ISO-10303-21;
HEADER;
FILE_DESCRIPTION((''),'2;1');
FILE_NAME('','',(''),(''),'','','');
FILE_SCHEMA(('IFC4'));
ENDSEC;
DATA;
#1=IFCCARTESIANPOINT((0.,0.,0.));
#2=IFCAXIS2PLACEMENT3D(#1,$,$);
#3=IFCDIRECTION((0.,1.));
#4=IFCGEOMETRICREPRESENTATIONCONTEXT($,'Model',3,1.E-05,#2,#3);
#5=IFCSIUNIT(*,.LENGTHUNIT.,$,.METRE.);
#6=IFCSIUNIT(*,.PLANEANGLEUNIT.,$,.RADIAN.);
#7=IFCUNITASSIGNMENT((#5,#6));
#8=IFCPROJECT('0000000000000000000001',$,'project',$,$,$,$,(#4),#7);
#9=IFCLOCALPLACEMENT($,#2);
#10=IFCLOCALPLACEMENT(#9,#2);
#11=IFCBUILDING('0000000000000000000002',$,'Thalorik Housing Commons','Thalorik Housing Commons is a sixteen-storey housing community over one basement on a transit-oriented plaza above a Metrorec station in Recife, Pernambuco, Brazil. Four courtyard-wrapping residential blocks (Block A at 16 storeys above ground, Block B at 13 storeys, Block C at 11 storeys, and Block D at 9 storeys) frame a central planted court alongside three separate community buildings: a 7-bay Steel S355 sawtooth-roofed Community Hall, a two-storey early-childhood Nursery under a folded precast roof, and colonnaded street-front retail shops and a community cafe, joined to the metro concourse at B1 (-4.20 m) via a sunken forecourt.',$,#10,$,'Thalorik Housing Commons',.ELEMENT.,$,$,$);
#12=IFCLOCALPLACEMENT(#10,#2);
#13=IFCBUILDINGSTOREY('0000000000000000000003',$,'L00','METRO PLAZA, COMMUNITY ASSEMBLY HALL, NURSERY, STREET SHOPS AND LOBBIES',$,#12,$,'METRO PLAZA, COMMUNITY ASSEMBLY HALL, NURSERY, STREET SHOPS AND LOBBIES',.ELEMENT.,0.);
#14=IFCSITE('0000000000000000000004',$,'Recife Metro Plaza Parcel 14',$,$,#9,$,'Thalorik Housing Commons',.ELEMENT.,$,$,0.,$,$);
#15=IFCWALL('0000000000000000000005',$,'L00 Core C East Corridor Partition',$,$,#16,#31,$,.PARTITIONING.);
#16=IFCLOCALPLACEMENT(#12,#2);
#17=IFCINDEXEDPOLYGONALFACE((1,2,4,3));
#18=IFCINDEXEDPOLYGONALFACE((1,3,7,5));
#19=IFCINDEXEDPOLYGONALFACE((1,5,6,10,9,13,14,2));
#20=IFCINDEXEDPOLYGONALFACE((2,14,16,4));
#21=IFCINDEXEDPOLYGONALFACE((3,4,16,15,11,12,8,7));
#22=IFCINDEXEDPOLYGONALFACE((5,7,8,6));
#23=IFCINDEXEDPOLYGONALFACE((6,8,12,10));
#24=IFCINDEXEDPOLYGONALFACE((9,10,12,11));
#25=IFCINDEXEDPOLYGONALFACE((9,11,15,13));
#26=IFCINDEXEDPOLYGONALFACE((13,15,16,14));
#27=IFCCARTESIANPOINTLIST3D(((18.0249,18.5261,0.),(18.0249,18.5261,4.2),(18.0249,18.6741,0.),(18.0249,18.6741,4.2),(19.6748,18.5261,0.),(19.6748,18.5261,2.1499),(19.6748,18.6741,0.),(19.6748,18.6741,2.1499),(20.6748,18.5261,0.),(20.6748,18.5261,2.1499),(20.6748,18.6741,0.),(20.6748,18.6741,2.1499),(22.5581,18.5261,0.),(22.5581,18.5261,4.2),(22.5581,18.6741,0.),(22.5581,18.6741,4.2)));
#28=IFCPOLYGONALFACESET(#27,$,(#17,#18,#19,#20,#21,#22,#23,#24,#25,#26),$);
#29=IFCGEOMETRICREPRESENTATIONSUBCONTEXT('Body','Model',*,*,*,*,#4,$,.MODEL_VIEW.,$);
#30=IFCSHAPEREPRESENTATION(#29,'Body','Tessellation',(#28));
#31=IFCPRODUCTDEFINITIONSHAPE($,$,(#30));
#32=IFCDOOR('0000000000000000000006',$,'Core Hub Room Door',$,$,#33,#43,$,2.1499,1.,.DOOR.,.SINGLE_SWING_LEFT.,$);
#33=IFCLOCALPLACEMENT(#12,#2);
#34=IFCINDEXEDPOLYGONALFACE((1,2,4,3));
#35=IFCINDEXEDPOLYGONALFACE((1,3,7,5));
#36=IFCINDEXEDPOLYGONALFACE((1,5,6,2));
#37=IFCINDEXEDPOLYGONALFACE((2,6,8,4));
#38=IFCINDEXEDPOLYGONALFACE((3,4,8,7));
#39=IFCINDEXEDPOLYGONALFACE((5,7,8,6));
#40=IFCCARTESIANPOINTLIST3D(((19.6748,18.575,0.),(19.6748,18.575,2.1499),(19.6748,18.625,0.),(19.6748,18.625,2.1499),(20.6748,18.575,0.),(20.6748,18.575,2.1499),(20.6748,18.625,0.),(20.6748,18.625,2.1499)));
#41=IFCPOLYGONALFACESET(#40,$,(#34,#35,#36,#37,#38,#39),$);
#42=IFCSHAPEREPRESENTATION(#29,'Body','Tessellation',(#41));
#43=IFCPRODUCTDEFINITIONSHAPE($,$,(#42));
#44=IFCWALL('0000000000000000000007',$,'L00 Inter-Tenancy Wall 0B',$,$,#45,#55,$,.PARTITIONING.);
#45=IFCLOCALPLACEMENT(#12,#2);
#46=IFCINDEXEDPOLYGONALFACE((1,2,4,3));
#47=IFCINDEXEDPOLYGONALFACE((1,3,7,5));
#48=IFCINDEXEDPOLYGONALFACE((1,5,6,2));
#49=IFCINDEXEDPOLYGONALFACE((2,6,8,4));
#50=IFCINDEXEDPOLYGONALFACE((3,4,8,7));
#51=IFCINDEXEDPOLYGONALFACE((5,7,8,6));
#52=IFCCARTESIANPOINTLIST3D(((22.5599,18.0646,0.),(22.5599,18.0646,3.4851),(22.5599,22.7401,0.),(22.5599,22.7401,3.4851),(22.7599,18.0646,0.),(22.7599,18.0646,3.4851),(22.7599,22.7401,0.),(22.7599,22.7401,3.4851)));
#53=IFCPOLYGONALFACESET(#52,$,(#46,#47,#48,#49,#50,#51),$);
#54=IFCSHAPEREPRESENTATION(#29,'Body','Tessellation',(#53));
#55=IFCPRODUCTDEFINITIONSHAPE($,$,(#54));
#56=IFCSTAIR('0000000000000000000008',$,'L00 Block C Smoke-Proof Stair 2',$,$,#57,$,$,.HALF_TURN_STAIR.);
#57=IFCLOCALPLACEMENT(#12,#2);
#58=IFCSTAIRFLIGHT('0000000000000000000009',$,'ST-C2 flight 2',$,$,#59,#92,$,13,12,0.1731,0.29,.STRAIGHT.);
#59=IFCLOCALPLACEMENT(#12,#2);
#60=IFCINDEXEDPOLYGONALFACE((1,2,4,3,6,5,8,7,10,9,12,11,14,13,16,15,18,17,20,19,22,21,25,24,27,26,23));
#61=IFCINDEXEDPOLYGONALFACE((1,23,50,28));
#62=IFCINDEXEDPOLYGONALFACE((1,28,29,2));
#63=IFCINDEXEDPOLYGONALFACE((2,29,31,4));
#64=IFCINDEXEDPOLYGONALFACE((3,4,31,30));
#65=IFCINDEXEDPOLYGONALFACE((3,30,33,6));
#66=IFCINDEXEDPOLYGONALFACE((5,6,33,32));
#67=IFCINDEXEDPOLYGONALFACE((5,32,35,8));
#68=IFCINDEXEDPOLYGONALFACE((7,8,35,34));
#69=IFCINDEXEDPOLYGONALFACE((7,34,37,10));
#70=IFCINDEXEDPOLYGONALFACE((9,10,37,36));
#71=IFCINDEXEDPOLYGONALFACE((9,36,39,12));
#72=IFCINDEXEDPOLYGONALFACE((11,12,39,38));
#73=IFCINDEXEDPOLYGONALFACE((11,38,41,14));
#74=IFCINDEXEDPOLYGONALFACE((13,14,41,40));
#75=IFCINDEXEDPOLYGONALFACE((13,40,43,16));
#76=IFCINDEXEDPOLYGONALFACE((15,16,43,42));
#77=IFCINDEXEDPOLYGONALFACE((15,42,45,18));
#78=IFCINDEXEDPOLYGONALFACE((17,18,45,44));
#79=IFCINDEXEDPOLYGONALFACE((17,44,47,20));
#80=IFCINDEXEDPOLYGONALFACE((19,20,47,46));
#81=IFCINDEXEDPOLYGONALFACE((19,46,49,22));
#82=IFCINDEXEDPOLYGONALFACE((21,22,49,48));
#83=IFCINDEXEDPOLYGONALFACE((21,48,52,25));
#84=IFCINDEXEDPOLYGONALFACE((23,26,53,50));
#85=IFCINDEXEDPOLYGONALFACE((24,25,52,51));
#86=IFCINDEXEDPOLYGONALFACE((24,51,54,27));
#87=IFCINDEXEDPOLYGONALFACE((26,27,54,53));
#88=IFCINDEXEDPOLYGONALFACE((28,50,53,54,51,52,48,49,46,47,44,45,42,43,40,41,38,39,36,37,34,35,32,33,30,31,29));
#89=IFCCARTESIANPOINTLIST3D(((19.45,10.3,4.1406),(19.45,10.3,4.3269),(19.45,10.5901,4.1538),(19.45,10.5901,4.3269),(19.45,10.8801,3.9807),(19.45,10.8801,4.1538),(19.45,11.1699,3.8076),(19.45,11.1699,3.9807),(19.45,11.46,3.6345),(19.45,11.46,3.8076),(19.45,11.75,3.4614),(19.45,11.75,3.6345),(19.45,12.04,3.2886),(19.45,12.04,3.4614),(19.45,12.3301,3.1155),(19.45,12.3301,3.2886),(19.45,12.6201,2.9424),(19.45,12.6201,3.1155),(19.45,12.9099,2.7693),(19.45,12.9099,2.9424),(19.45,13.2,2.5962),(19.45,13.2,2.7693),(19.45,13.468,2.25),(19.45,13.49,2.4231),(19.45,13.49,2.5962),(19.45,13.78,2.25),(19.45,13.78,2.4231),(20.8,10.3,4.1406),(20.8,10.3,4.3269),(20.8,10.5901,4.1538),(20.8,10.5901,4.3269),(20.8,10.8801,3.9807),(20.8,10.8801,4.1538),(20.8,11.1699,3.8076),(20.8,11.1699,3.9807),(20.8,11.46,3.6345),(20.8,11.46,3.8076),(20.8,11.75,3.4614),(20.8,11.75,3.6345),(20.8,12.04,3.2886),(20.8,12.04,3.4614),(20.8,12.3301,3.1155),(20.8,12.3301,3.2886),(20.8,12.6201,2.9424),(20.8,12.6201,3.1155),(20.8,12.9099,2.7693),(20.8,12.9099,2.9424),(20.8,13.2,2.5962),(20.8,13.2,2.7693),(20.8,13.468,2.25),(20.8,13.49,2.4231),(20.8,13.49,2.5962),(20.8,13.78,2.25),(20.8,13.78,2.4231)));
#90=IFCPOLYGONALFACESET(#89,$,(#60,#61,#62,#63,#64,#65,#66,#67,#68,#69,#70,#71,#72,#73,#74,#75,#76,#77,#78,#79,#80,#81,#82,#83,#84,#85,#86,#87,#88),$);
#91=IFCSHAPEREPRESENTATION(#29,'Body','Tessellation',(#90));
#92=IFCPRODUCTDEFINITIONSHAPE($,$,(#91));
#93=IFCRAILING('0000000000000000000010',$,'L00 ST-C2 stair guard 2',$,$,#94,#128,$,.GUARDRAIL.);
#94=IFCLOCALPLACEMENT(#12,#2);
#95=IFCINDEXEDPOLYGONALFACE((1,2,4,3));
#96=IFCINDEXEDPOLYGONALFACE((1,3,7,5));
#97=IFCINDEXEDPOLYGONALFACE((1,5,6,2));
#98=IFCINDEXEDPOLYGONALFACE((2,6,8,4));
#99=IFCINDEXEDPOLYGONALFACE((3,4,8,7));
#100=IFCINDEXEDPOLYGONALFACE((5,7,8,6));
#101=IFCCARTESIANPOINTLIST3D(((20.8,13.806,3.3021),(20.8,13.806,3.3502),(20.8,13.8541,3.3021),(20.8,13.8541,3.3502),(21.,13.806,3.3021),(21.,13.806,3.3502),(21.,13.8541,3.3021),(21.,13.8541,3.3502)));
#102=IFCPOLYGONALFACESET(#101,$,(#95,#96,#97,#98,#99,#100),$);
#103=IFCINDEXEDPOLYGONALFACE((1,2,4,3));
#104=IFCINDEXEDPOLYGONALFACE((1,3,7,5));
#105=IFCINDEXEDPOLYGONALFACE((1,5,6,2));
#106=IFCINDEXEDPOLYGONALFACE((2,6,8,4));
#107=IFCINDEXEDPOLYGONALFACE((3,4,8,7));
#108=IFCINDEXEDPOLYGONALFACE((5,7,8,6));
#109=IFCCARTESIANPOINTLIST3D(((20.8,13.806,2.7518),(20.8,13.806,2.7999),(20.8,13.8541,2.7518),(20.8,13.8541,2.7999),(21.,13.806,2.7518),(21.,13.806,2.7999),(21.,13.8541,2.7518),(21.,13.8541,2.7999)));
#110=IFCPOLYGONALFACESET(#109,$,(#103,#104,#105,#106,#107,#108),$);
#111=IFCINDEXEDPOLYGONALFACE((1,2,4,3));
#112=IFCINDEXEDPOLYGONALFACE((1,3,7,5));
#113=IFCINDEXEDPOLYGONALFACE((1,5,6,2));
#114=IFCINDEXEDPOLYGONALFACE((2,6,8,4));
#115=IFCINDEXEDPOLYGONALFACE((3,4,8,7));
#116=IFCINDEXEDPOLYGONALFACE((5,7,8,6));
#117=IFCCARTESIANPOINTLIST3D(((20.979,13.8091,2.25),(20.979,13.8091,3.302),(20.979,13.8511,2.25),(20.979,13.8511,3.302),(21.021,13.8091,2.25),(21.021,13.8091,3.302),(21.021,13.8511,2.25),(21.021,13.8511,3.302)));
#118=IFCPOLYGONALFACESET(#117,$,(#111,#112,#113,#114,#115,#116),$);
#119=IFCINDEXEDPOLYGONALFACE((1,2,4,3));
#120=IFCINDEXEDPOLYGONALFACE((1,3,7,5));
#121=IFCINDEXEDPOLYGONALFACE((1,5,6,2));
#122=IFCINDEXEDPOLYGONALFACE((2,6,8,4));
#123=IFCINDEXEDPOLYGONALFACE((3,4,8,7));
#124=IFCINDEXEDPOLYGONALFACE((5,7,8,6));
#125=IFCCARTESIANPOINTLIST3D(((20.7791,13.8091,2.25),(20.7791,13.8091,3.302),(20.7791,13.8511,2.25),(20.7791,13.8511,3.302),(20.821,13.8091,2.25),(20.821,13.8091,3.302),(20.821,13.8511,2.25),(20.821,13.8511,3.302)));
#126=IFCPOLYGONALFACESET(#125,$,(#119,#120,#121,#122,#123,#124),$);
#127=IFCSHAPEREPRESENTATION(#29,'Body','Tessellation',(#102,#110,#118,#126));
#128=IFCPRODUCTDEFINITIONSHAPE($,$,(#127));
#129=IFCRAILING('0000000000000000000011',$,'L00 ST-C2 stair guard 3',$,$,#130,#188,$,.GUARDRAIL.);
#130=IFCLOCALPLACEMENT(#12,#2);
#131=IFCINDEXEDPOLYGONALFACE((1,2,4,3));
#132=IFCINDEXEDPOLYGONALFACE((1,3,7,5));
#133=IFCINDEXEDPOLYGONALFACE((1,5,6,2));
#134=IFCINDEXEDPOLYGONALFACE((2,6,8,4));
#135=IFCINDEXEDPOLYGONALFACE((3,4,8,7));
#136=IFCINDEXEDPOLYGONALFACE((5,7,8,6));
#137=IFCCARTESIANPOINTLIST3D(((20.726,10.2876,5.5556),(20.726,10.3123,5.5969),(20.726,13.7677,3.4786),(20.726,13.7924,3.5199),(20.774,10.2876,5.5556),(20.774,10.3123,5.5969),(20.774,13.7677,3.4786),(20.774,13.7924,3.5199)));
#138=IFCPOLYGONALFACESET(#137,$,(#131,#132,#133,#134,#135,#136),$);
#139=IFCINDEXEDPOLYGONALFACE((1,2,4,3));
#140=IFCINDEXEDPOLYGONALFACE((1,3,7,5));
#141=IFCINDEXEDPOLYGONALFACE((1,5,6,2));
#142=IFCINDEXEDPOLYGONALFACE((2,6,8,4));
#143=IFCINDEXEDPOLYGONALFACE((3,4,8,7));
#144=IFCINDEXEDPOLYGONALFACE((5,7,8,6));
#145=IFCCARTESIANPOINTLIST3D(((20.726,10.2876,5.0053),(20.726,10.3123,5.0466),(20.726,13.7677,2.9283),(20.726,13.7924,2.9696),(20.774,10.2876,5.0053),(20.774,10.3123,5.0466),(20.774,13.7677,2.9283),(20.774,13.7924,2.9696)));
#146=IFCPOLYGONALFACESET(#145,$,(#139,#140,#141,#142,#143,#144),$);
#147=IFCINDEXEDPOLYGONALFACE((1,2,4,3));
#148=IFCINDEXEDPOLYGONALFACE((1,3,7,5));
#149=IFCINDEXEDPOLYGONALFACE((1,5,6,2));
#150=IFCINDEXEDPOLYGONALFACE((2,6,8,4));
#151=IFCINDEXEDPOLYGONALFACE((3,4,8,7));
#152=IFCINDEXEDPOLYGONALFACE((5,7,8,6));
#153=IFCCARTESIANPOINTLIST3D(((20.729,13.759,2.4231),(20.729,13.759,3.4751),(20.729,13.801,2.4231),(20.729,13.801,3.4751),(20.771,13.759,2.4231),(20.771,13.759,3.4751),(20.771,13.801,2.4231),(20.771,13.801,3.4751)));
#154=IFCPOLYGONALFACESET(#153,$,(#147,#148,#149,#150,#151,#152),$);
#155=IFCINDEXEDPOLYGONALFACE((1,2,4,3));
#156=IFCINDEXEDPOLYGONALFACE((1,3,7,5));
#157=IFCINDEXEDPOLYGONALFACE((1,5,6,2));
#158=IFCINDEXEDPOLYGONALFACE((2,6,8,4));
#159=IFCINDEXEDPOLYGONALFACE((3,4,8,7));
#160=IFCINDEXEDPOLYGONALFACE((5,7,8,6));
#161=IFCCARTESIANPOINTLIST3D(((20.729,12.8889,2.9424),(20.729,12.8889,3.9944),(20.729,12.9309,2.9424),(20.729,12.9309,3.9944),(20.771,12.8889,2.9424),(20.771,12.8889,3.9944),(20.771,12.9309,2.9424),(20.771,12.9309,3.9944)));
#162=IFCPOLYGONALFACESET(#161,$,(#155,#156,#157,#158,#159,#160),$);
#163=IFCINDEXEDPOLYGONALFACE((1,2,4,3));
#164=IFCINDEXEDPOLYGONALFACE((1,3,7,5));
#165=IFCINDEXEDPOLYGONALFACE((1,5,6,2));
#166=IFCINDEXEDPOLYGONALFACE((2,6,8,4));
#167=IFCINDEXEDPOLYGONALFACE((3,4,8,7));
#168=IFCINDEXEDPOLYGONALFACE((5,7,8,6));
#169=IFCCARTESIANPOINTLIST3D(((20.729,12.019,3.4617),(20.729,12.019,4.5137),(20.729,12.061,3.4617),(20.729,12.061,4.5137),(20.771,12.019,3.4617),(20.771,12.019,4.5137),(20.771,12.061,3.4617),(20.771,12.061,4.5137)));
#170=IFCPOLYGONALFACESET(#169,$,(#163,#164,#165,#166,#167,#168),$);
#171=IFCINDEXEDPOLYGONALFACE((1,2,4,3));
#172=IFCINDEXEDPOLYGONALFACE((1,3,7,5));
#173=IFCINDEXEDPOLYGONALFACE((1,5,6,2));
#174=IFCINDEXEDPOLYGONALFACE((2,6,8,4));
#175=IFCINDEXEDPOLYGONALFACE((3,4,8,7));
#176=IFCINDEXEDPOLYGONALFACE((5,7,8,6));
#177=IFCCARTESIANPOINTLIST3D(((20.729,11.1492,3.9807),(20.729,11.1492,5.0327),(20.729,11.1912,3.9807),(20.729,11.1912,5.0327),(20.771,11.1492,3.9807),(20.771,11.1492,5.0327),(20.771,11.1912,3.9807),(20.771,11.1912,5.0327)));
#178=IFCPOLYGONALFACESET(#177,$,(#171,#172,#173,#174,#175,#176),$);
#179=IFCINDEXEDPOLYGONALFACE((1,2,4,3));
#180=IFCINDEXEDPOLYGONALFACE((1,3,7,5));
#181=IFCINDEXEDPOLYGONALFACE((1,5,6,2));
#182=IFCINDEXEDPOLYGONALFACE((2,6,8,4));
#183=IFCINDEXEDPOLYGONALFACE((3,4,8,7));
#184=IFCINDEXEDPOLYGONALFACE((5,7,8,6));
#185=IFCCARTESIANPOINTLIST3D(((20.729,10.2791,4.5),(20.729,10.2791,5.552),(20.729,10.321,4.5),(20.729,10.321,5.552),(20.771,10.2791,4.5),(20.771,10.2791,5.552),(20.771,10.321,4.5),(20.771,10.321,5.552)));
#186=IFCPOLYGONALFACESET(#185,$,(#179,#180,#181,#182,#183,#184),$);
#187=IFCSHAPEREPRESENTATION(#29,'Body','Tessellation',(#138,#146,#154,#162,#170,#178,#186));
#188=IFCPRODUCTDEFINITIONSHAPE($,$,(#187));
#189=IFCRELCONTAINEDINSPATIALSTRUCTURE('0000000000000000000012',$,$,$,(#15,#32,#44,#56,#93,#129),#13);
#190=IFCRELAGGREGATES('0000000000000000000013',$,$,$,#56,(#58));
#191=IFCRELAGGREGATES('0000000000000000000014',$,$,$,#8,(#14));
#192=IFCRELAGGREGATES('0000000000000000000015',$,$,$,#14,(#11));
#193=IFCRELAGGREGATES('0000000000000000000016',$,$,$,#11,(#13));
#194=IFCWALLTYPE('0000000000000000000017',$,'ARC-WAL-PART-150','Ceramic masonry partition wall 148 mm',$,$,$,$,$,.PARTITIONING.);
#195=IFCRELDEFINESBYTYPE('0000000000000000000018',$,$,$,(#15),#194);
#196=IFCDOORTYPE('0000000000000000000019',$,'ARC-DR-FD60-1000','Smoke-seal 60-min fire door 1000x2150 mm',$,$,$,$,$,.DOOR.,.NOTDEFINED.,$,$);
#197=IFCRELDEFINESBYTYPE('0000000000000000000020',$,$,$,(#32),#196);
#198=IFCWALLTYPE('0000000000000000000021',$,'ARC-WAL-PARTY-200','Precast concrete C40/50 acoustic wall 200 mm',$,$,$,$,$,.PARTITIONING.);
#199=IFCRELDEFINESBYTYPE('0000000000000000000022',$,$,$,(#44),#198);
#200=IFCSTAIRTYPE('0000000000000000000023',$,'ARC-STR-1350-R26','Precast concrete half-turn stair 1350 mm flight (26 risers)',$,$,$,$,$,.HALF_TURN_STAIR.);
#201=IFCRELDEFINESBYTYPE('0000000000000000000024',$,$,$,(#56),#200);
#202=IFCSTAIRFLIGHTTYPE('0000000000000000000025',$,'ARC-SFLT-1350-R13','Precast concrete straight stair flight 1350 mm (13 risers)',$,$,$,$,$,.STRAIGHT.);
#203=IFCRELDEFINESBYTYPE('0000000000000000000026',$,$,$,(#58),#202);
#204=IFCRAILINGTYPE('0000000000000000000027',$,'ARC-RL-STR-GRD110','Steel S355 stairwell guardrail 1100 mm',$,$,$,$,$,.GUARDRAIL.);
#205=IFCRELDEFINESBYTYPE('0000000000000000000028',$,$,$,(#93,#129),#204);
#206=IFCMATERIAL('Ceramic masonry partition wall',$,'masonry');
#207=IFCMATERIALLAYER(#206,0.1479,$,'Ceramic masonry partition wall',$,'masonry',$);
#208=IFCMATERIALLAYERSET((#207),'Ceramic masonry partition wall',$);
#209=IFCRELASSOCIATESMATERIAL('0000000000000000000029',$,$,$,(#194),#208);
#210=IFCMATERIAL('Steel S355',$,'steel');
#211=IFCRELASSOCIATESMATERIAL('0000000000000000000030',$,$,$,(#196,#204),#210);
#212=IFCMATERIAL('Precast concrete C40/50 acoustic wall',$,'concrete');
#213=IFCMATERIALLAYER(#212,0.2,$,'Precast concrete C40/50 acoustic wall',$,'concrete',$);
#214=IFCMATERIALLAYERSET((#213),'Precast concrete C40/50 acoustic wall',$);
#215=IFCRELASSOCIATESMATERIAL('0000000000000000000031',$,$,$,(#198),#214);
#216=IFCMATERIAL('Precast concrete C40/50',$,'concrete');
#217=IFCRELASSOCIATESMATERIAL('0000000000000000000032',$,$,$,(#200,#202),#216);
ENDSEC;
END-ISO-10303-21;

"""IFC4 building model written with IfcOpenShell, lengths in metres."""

from ifc_helpers import new_model, si_unit, direction, frame, frame_2d, origin, origin_2d, place, context, subcontext, project, spatial, polyline, rectangle, outline, extrude, material, layer, layer_set, type_object, element, fill, aggregate, save


model = new_model("IFC4")

# Units and contexts
model_context = context("Model", 3, precision=1e-05, world=origin(), true_north=direction((0.0, 1.0)))
body_context = subcontext(model_context, "Body", "Model", "MODEL_VIEW")
ifc_project = project(units=[si_unit("LENGTHUNIT", "METRE"), si_unit("PLANEANGLEUNIT", "RADIAN")], contexts=[model_context])

# Site, building, storey
site_placement = place(None, origin())
site = spatial("IfcSite", under=ifc_project, at=site_placement, Name="Recife Metro Plaza Parcel 14", LongName="Thalorik Housing Commons", CompositionType="ELEMENT", RefElevation=0.0)
building_placement = place(site_placement, origin())
building = spatial("IfcBuilding", under=site, at=building_placement, Name="Thalorik Housing Commons", Description="Thalorik Housing Commons is a sixteen-storey housing community over one basement on a transit-oriented plaza above a Metrorec station in Recife, Pernambuco, Brazil. Four courtyard-wrapping residential blocks (Block A at 16 storeys above ground, Block B at 13 storeys, Block C at 11 storeys, and Block D at 9 storeys) frame a central planted court alongside three separate community buildings: a 7-bay Steel S355 sawtooth-roofed Community Hall, a two-storey early-childhood Nursery under a folded precast roof, and colonnaded street-front retail shops and a community cafe, joined to the metro concourse at B1 (-4.20 m) via a sunken forecourt.", LongName="Thalorik Housing Commons", CompositionType="ELEMENT")
storey_placement = place(building_placement, origin())
storey = spatial("IfcBuildingStorey", under=building, at=storey_placement, Name="L00", Description="METRO PLAZA, COMMUNITY ASSEMBLY HALL, NURSERY, STREET SHOPS AND LOBBIES", LongName="METRO PLAZA, COMMUNITY ASSEMBLY HALL, NURSERY, STREET SHOPS AND LOBBIES", CompositionType="ELEMENT", Elevation=0.0)

# Shared definitions
ifc_material_1 = material(Name="Precast concrete C40/50", Category="concrete")

# Shared definitions
ifc_material_2 = material(Name="Steel S355", Category="steel")

# Shared definitions
ifc_material_3 = material(Name="Ceramic masonry partition wall", Category="masonry")
ifc_layer_1 = layer(ifc_material_3, 0.1479, Name="Ceramic masonry partition wall", Category="masonry")
ifc_layer_set_1 = layer_set([ifc_layer_1], Name="Ceramic masonry partition wall")
wall_type_1 = type_object("IfcWallType", Name="ARC-WAL-PART-150", Description="Ceramic masonry partition wall 148 mm", PredefinedType="PARTITIONING", material=ifc_layer_set_1)

# Wall, opening, door
wall_1_placement = place(storey_placement, frame((18.0249, 18.6001, 0.0), z_axis=(0.0, 0.0, 1.0), x_axis=(1.0, 0.0, 0.0)))
wall_1 = element("IfcWall", 1, at=wall_1_placement, inside=storey, type_object=wall_type_1, Name="L00 Core C East Corridor Partition", PredefinedType="PARTITIONING", context=body_context, shape_type="SweptSolid", body=[
    extrude(rectangle(XDim=4.5332, YDim=0.1479, at=frame_2d((2.2666, 0.0))), origin(), (0.0, 0.0, 1.0), 4.2),
])
opening_1_placement = place(wall_1_placement, frame((1.6499, 0.0, 0.0)))
opening_1 = element("IfcOpeningElement", 2, at=opening_1_placement, cuts=wall_1, PredefinedType="OPENING", context=body_context, shape_type="SweptSolid", body=[
    extrude(rectangle(XDim=1.0, YDim=2.1499, at=frame_2d((0.5, 1.075))), frame((0.0, 0.084, 0.0), z_axis=(0.0, -1.0, 0.0), x_axis=(1.0, 0.0, 0.0)), (0.0, 0.0, 1.0), 0.168),
])
door_type_1 = type_object("IfcDoorType", Name="ARC-DR-FD60-1000", Description="Smoke-seal 60-min fire door 1000x2150 mm", OperationType="NOTDEFINED", PredefinedType="DOOR", material=ifc_material_2)
door_1_placement = place(opening_1_placement, origin())
door_1 = element("IfcDoor", 3, at=door_1_placement, inside=storey, type_object=door_type_1, Name="Core Hub Room Door", OperationType="SINGLE_SWING_LEFT", OverallHeight=2.1499, OverallWidth=1.0, PredefinedType="DOOR", context=body_context, shape_type="SweptSolid", body=[
    extrude(rectangle(XDim=1.0, YDim=2.1499, at=frame_2d((0.5, 1.075))), frame((0.0, 0.0249, 0.0), z_axis=(0.0, -1.0, 0.0), x_axis=(1.0, 0.0, 0.0)), (0.0, 0.0, 1.0), 0.05),
])
fill(opening_1, door_1)

# Wall
ifc_material_4 = material(Name="Precast concrete C40/50 acoustic wall", Category="concrete")
ifc_layer_2 = layer(ifc_material_4, 0.2, Name="Precast concrete C40/50 acoustic wall", Category="concrete")
ifc_layer_set_2 = layer_set([ifc_layer_2], Name="Precast concrete C40/50 acoustic wall")
wall_type_2 = type_object("IfcWallType", Name="ARC-WAL-PARTY-200", Description="Precast concrete C40/50 acoustic wall 200 mm", PredefinedType="PARTITIONING", material=ifc_layer_set_2)
wall_2_placement = place(storey_placement, frame((22.6599, 18.0645, 0.0), z_axis=(0.0, 0.0, 1.0), x_axis=(0.0, 1.0, 0.0)))
element("IfcWall", 4, at=wall_2_placement, inside=storey, type_object=wall_type_2, Name="L00 Inter-Tenancy Wall 0B", PredefinedType="PARTITIONING", context=body_context, shape_type="SweptSolid", body=[
    extrude(rectangle(XDim=4.6755, YDim=0.2, at=frame_2d((2.3379, 0.0))), origin(), (0.0, 0.0, 1.0), 3.4851),
])

# Stair, stair flight
stair_type = type_object("IfcStairType", Name="ARC-STR-1350-R26", Description="Precast concrete half-turn stair 1350 mm flight (26 risers)", PredefinedType="HALF_TURN_STAIR", material=ifc_material_1)
stair_placement = place(storey_placement, origin())
stair = element("IfcStair", 5, at=stair_placement, inside=storey, type_object=stair_type, Name="L00 Block C Smoke-Proof Stair 2", PredefinedType="HALF_TURN_STAIR")
stair_flight_type = type_object("IfcStairFlightType", Name="ARC-SFLT-1350-R13", Description="Precast concrete straight stair flight 1350 mm (13 risers)", PredefinedType="STRAIGHT", material=ifc_material_1)
stair_flight_placement = place(storey_placement, frame((20.125, 13.78, 2.25), z_axis=(0.0, 0.0, 1.0), x_axis=(0.0, -1.0, 0.0)))
stair_flight = element("IfcStairFlight", 6, at=stair_flight_placement, type_object=stair_flight_type, Name="ST-C2 flight 2", NumberOfRisers=13, NumberOfTreads=12, PredefinedType="STRAIGHT", RiserHeight=0.1731, TreadLength=0.29, context=body_context, shape_type="SweptSolid", body=[
    extrude(outline(polyline([(0.0, 0.0), (0.0, 0.1731), (0.29, 0.1731), (0.29, 0.3462), (0.5801, 0.3462), (0.5801, 0.5193), (0.8701, 0.5193), (0.8701, 0.6924), (1.1599, 0.6924), (1.1599, 0.8655), (1.45, 0.8655), (1.45, 1.0386), (1.74, 1.0386), (1.74, 1.2114), (2.03, 1.2114), (2.03, 1.3845), (2.3201, 1.3845), (2.3201, 1.5576), (2.6101, 1.5576), (2.6101, 1.7307), (2.8999, 1.7307), (2.8999, 1.9038), (3.1899, 1.9038), (3.1899, 2.0769), (3.48, 2.0769), (3.48, 2.25), (3.48, 1.8906), (0.312, 0.0), (0.0, 0.0)])), frame((0.0, 0.675, 0.0), z_axis=(0.0, -1.0, 0.0), x_axis=(1.0, 0.0, 0.0)), (0.0, 0.0, 1.0), 1.3501),
])
aggregate(stair, [stair_flight])

# Railings
railing_type_1 = type_object("IfcRailingType", Name="ARC-RL-STR-GRD110", Description="Steel S355 stairwell guardrail 1100 mm", PredefinedType="GUARDRAIL", material=ifc_material_2)
railing_1_placement = place(storey_placement, frame((21.0, 13.8301, 2.25)))
element("IfcRailing", 7, at=railing_1_placement, inside=storey, type_object=railing_type_1, Name="L00 ST-C2 stair guard 2", PredefinedType="GUARDRAIL", context=body_context, shape_type="SweptSolid", body=[
    extrude(rectangle(XDim=0.0481, YDim=0.0481, at=origin_2d()), frame((0.0, 0.0, 1.0762), z_axis=(-1.0, 0.0, 0.0), x_axis=(0.0, -1.0, 0.0)), (0.0, 0.0, 1.0), 0.2),
    extrude(rectangle(XDim=0.0481, YDim=0.0481, at=origin_2d()), frame((0.0, 0.0, 0.5259), z_axis=(-1.0, 0.0, 0.0), x_axis=(0.0, -1.0, 0.0)), (0.0, 0.0, 1.0), 0.2),
    extrude(rectangle(XDim=0.042, YDim=0.042, at=origin_2d()), origin(), (0.0, 0.0, 1.0), 1.052),
    extrude(rectangle(XDim=0.042, YDim=0.042, at=origin_2d()), frame((-0.2, 0.0, 0.0)), (0.0, 0.0, 1.0), 1.052),
])
railing_2_placement = place(storey_placement, frame((20.75, 13.78, 2.4231)))
element("IfcRailing", 8, at=railing_2_placement, inside=storey, type_object=railing_type_1, Name="L00 ST-C2 stair guard 3", PredefinedType="GUARDRAIL", context=body_context, shape_type="SweptSolid", body=[
    extrude(rectangle(XDim=0.0481, YDim=0.0481, at=origin_2d()), frame((0.0, 0.0, 1.0762), z_axis=(0.0, -0.858697, 0.512483), x_axis=(1.0, 0.0, 0.0)), (0.0, 0.0, 1.0), 4.0527),
    extrude(rectangle(XDim=0.0481, YDim=0.0481, at=origin_2d()), frame((0.0, 0.0, 0.5259), z_axis=(0.0, -0.858697, 0.512483), x_axis=(1.0, 0.0, 0.0)), (0.0, 0.0, 1.0), 4.0527),
    extrude(rectangle(XDim=0.042, YDim=0.042, at=origin_2d()), origin(), (0.0, 0.0, 1.0), 1.052),
    extrude(rectangle(XDim=0.042, YDim=0.042, at=origin_2d()), frame((0.0, -0.8701, 0.5193)), (0.0, 0.0, 1.0), 1.052),
    extrude(rectangle(XDim=0.042, YDim=0.042, at=origin_2d()), frame((0.0, -1.74, 1.0386)), (0.0, 0.0, 1.0), 1.052),
    extrude(rectangle(XDim=0.042, YDim=0.042, at=origin_2d()), frame((0.0, -2.6099, 1.5576)), (0.0, 0.0, 1.0), 1.052),
    extrude(rectangle(XDim=0.042, YDim=0.042, at=origin_2d()), frame((0.0, -3.48, 2.0769)), (0.0, 0.0, 1.0), 1.052),
])

save(model, "model.ifc")
